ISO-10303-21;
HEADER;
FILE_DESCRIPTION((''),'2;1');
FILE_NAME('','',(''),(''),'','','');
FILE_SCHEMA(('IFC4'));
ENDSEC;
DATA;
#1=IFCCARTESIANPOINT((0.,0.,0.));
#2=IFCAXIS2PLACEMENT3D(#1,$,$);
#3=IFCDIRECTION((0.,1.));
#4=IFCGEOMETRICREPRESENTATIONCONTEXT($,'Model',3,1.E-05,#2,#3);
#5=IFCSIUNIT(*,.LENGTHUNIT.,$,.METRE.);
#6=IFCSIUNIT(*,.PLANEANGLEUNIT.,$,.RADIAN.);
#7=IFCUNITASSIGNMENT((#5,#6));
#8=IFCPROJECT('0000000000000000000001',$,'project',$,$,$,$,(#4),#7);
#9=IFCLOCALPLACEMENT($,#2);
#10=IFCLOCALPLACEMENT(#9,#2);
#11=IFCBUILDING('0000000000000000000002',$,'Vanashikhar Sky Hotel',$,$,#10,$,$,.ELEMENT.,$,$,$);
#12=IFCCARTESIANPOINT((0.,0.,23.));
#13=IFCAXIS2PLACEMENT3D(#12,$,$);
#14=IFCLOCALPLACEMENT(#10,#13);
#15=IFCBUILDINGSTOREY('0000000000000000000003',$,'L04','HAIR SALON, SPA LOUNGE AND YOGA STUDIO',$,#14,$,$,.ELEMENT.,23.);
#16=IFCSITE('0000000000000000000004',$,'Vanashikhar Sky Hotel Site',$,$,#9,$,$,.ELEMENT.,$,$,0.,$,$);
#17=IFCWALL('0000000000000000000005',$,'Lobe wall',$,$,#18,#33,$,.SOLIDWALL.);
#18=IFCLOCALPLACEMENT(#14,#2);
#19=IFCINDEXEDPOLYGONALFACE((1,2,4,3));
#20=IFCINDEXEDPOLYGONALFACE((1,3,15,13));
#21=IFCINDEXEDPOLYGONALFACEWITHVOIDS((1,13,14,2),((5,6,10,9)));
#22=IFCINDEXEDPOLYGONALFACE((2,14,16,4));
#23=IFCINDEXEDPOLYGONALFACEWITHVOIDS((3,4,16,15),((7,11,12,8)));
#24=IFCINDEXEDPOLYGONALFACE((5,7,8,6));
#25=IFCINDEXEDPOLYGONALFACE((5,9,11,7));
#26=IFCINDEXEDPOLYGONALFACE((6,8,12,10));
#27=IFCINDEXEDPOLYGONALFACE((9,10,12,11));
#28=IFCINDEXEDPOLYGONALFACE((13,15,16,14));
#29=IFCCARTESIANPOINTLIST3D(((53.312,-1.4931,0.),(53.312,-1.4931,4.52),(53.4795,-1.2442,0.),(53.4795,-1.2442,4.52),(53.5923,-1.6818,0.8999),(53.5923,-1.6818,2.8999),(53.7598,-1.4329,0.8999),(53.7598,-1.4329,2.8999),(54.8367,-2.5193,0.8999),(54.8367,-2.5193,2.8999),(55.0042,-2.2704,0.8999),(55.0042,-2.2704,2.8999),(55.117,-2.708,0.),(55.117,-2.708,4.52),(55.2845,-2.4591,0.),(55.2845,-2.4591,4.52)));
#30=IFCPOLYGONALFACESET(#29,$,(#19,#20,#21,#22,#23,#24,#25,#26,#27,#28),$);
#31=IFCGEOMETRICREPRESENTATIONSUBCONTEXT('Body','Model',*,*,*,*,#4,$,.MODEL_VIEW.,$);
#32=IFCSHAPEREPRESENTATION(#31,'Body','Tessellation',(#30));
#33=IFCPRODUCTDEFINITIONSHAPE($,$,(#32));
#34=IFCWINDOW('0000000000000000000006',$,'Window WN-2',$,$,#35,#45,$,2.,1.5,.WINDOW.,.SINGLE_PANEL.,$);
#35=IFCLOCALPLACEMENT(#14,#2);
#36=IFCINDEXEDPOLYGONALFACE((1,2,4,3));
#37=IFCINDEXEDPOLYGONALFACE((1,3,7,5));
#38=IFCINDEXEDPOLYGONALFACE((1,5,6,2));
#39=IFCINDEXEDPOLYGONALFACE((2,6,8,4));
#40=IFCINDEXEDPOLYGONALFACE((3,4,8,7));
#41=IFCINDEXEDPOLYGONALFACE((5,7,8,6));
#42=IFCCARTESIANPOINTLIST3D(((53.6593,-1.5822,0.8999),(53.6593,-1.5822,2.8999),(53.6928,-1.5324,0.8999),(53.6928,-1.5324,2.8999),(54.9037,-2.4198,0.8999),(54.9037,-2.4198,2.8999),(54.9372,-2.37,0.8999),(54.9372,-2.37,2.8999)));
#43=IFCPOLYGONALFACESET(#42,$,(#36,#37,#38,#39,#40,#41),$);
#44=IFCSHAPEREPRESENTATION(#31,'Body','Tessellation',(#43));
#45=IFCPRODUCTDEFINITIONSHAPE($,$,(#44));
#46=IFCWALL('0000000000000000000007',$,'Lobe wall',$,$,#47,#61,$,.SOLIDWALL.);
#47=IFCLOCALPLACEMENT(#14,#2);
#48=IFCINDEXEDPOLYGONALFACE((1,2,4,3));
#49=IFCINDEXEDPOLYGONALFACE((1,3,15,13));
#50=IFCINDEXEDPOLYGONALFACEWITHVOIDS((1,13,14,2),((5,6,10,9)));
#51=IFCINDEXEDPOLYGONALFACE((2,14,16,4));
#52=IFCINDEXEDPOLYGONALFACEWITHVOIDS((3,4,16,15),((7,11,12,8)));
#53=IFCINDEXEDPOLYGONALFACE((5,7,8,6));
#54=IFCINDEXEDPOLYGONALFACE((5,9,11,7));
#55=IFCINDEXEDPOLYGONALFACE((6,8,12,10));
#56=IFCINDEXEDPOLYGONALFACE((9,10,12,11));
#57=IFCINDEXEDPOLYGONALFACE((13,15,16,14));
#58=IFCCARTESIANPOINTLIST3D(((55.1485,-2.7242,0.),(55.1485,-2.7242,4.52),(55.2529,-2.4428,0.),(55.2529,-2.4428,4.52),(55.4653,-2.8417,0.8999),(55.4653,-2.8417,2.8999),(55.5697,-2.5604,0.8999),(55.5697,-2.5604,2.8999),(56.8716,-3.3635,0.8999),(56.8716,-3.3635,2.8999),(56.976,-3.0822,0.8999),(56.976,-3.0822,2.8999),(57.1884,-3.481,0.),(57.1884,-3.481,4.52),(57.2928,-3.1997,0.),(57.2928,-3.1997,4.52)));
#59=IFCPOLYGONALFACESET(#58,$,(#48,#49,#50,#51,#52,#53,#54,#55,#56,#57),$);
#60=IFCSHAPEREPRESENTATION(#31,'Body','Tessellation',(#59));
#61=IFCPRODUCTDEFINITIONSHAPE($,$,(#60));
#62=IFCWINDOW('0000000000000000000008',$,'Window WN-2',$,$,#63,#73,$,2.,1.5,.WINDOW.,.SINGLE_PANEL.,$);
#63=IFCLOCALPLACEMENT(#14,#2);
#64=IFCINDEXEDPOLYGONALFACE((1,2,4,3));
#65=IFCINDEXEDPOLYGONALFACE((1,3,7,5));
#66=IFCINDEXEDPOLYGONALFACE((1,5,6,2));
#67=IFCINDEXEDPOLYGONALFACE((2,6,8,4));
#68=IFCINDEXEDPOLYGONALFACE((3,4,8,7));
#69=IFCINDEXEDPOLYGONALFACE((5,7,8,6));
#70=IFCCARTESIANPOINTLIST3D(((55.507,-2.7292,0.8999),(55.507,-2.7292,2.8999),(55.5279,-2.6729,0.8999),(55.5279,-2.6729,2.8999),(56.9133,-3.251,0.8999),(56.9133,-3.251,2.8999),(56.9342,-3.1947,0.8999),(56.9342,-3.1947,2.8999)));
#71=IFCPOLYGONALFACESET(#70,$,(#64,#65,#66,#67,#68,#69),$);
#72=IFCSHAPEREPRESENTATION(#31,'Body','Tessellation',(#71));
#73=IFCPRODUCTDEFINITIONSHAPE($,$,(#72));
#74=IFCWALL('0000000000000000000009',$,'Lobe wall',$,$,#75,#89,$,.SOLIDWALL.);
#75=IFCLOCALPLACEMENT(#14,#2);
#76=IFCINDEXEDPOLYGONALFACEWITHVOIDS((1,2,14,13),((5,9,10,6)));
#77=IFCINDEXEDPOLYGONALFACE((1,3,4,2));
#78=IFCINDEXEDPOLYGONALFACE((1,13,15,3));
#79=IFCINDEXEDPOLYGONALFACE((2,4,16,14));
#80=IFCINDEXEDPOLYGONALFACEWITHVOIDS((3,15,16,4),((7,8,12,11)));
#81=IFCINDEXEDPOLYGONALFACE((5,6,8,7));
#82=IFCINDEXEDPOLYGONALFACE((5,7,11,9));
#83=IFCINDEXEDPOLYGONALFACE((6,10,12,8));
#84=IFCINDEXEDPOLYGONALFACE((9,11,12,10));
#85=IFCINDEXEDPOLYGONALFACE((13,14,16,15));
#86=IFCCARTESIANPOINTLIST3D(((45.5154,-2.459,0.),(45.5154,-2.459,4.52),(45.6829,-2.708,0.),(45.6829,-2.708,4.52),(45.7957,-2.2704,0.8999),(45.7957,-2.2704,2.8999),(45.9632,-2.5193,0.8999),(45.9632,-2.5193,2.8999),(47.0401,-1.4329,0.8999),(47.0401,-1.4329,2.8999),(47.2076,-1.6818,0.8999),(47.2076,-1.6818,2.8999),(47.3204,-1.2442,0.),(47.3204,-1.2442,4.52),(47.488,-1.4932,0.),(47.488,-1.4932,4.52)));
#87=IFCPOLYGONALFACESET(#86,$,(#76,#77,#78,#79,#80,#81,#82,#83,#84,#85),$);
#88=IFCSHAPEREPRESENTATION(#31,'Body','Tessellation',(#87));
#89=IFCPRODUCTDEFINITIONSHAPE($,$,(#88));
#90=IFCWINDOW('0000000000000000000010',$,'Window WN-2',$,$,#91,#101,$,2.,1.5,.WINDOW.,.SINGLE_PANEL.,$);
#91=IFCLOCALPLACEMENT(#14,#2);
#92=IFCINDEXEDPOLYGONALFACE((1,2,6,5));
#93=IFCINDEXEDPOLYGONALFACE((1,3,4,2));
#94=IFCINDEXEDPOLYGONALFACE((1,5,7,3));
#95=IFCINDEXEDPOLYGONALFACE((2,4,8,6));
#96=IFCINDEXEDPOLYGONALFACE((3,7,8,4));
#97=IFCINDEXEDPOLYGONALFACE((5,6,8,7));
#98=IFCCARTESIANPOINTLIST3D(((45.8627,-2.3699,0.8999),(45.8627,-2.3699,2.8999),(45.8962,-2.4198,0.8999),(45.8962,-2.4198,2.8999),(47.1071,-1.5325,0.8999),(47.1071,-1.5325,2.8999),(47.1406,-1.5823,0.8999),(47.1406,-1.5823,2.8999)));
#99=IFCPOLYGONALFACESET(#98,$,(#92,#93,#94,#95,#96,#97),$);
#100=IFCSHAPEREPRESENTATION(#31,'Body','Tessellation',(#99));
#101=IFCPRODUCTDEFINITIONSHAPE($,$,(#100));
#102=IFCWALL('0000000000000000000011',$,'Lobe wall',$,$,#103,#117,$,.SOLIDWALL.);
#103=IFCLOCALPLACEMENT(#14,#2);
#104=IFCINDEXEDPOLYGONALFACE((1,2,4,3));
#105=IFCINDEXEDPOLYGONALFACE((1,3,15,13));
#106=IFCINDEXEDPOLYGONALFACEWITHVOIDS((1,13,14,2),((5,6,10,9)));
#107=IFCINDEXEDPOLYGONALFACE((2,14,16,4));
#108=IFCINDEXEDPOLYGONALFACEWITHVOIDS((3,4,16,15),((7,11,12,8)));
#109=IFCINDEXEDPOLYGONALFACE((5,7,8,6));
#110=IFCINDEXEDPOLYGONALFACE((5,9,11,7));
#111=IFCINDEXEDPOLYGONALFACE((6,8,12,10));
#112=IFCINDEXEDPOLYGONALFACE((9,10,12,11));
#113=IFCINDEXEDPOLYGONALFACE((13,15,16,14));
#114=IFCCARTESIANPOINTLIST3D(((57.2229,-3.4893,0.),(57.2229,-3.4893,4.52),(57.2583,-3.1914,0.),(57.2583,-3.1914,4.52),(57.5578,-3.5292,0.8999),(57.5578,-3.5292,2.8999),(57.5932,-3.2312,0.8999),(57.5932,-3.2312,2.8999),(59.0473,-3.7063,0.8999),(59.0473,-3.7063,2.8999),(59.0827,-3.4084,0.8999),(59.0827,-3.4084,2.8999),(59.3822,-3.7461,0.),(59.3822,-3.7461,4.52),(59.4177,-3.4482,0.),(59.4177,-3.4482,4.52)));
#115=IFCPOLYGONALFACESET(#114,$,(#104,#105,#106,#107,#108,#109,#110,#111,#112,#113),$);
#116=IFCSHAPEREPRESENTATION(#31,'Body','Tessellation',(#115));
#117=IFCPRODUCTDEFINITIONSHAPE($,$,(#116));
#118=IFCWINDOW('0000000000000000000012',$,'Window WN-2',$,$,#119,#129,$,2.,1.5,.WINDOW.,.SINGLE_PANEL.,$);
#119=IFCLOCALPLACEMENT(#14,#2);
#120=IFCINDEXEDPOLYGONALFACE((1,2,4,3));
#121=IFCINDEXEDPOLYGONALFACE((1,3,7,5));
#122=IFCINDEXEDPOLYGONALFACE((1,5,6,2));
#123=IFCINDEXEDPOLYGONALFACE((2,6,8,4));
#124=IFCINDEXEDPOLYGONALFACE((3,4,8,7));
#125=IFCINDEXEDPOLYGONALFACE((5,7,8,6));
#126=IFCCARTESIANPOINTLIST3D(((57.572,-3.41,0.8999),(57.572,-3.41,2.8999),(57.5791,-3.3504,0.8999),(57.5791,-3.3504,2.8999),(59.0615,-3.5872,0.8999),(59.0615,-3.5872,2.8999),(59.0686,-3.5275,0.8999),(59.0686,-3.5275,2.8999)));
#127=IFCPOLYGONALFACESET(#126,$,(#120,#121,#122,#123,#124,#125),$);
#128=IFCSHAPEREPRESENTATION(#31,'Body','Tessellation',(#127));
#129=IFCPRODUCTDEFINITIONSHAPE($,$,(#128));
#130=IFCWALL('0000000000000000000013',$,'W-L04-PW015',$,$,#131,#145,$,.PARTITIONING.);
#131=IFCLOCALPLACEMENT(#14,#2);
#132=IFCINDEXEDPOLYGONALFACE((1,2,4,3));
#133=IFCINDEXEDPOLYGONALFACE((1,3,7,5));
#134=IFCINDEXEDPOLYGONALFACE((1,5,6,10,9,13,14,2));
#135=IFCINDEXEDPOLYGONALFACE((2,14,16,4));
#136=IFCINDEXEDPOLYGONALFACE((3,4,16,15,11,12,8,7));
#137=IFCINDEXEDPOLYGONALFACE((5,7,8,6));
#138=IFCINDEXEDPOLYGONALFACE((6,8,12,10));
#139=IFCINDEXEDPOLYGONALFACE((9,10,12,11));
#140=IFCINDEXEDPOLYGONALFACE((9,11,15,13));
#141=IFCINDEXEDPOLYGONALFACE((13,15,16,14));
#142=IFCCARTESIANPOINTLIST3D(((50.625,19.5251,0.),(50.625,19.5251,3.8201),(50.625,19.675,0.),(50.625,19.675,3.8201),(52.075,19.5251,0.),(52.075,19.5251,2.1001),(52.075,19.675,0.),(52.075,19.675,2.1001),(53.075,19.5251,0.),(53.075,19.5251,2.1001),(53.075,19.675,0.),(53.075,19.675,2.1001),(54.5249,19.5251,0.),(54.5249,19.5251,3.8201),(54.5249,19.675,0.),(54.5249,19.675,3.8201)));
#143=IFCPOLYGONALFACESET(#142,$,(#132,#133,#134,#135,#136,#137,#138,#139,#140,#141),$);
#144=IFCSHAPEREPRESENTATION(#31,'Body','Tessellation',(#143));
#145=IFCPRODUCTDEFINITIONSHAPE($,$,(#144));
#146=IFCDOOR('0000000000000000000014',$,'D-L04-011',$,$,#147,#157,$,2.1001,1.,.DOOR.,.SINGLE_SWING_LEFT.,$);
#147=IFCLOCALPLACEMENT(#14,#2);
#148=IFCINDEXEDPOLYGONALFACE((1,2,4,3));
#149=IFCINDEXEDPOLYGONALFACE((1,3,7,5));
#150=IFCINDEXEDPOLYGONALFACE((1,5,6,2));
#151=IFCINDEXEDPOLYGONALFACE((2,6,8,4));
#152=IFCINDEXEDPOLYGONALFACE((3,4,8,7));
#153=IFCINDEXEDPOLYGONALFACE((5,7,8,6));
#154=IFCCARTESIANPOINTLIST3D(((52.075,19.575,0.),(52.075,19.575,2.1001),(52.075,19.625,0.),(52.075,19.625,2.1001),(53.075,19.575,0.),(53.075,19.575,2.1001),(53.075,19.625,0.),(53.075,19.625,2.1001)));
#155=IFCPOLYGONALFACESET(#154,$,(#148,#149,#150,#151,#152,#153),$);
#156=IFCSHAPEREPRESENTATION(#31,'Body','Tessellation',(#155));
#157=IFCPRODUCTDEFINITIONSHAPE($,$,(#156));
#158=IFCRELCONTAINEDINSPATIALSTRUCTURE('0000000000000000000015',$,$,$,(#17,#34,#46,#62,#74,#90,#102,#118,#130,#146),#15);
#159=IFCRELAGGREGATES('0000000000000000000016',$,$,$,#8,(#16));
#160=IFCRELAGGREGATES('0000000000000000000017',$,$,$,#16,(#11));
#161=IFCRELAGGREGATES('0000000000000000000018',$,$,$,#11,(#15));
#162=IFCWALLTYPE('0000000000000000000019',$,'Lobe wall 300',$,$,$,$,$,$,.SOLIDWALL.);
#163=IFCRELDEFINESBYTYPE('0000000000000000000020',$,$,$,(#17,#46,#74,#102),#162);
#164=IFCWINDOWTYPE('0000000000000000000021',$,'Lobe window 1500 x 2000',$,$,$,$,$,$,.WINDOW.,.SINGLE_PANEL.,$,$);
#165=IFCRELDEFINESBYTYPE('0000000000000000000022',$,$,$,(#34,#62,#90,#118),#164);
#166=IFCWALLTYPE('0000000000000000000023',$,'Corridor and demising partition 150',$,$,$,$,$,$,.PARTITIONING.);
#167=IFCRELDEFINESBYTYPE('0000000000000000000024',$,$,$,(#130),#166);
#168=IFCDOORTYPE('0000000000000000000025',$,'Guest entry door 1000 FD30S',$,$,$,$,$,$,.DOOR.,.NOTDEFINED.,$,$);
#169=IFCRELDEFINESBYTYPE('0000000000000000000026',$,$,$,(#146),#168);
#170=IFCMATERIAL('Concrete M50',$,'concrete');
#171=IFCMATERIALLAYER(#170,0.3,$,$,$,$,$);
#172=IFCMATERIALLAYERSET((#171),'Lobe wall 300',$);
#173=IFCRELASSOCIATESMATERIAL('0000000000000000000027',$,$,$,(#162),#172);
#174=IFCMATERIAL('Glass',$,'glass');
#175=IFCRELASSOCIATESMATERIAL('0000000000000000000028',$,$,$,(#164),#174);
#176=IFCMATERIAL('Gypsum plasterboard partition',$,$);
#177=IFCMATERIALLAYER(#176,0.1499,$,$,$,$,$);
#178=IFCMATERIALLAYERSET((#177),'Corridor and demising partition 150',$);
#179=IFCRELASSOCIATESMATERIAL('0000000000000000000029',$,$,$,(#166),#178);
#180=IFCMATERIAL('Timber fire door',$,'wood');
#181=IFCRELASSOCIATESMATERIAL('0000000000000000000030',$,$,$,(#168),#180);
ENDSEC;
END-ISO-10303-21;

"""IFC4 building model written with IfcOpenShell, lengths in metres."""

from ifc_helpers import new_model, si_unit, direction, frame, frame_2d, origin, place, context, subcontext, project, spatial, rectangle, extrude, source, transform, mapped, material, layer, layer_set, type_object, element, fill, save


model = new_model("IFC4")

# Units and contexts
model_context = context("Model", 3, precision=1e-05, world=origin(), true_north=direction((0.0, 1.0)))
body_context = subcontext(model_context, "Body", "Model", "MODEL_VIEW")
ifc_project = project(units=[si_unit("LENGTHUNIT", "METRE"), si_unit("PLANEANGLEUNIT", "RADIAN")], contexts=[model_context])

# Site, building, storey
site_placement = place(None, origin())
site = spatial("IfcSite", under=ifc_project, at=site_placement, Name="Vanashikhar Sky Hotel Site", CompositionType="ELEMENT", RefElevation=0.0)
building_placement = place(site_placement, origin())
building = spatial("IfcBuilding", under=site, at=building_placement, Name="Vanashikhar Sky Hotel", CompositionType="ELEMENT")
storey_placement = place(building_placement, frame((0.0, 0.0, 23.0)))
storey = spatial("IfcBuildingStorey", under=building, at=storey_placement, Name="L04", Description="HAIR SALON, SPA LOUNGE AND YOGA STUDIO", CompositionType="ELEMENT", Elevation=23.0)

# Shared definitions
ifc_material_1 = material(Name="Concrete M50", Category="concrete")

# Shared definitions
ifc_layer_1 = layer(ifc_material_1, 0.3)
ifc_layer_set_1 = layer_set([ifc_layer_1], Name="Lobe wall 300")
wall_type_1 = type_object("IfcWallType", Name="Lobe wall 300", PredefinedType="SOLIDWALL", material=ifc_layer_set_1)

# Walls, openings, windows
shared_shape_1 = source(origin(), body_context, "Body", "SweptSolid", [
    extrude(rectangle(XDim=1.5, YDim=2.0, at=frame_2d((0.75, 1.0))), frame((0.0, 0.1602, 0.0), z_axis=(0.0, -1.0, 0.0), x_axis=(1.0, 0.0, 0.0)), (0.0, 0.0, 1.0), 0.3201),
])
ifc_material_2 = material(Name="Glass", Category="glass")
window_type = type_object("IfcWindowType", Name="Lobe window 1500 x 2000", PartitioningType="SINGLE_PANEL", PredefinedType="WINDOW", material=ifc_material_2)
shared_shape_2 = source(origin(), body_context, "Body", "SweptSolid", [
    extrude(rectangle(XDim=1.5, YDim=2.0, at=frame_2d((0.75, 1.0))), frame((0.0, 0.03, 0.0), z_axis=(0.0, -1.0, 0.0), x_axis=(1.0, 0.0, 0.0)), (0.0, 0.0, 1.0), 0.0601),
])
shared_shape_3 = source(origin(), body_context, "Body", "SweptSolid", [
    extrude(rectangle(XDim=2.1758, YDim=0.3, at=frame_2d((1.0879, 0.0))), origin(), (0.0, 0.0, 1.0), 4.52),
])
wall_1_placement = place(storey_placement, frame((53.3958, -1.3687, 0.0), z_axis=(0.0, 0.0, 1.0), x_axis=(0.829591, -0.558372, 0.0)))
wall_1 = element("IfcWall", 1, at=wall_1_placement, inside=storey, type_object=wall_type_1, Name="Lobe wall", PredefinedType="SOLIDWALL", context=body_context, shape_type="MappedRepresentation", body=[
    mapped(shared_shape_3, transform((0.0, 0.0, 0.0), scale=1.0)),
])
opening_1_placement = place(wall_1_placement, frame((0.3379, 0.0, 0.8999)))
opening_1 = element("IfcOpeningElement", 2, at=opening_1_placement, cuts=wall_1, PredefinedType="OPENING", context=body_context, shape_type="MappedRepresentation", body=[
    mapped(shared_shape_1, transform((0.0, 0.0, 0.0), scale=1.0)),
])
window_1_placement = place(opening_1_placement, origin())
window_1 = element("IfcWindow", 3, at=window_1_placement, inside=storey, type_object=window_type, Name="Window WN-2", OverallHeight=2.0, OverallWidth=1.5, PartitioningType="SINGLE_PANEL", PredefinedType="WINDOW", context=body_context, shape_type="MappedRepresentation", body=[
    mapped(shared_shape_2, transform((0.0, 0.0, 0.0), scale=1.0)),
])
fill(opening_1, window_1)
wall_2_placement = place(storey_placement, frame((55.2007, -2.5835, 0.0), z_axis=(0.0, 0.0, 1.0), x_axis=(0.937546, -0.347863, 0.0)))
wall_2 = element("IfcWall", 4, at=wall_2_placement, inside=storey, type_object=wall_type_1, Name="Lobe wall", PredefinedType="SOLIDWALL", context=body_context, shape_type="MappedRepresentation", body=[
    mapped(shared_shape_3, transform((0.0, 0.0, 0.0), scale=1.0)),
])
opening_2_placement = place(wall_2_placement, frame((0.3379, 0.0, 0.8999)))
opening_2 = element("IfcOpeningElement", 5, at=opening_2_placement, cuts=wall_2, PredefinedType="OPENING", context=body_context, shape_type="MappedRepresentation", body=[
    mapped(shared_shape_1, transform((0.0, 0.0, 0.0), scale=1.0)),
])
window_2_placement = place(opening_2_placement, origin())
window_2 = element("IfcWindow", 6, at=window_2_placement, inside=storey, type_object=window_type, Name="Window WN-2", OverallHeight=2.0, OverallWidth=1.5, PartitioningType="SINGLE_PANEL", PredefinedType="WINDOW", context=body_context, shape_type="MappedRepresentation", body=[
    mapped(shared_shape_2, transform((0.0, 0.0, 0.0), scale=1.0)),
])
fill(opening_2, window_2)
wall_3_placement = place(storey_placement, frame((45.5991, -2.5835, 0.0), z_axis=(0.0, 0.0, 1.0), x_axis=(0.829626, 0.55832, 0.0)))
wall_3 = element("IfcWall", 7, at=wall_3_placement, inside=storey, type_object=wall_type_1, Name="Lobe wall", PredefinedType="SOLIDWALL", context=body_context, shape_type="MappedRepresentation", body=[
    mapped(shared_shape_3, transform((0.0, 0.0, 0.0), scale=1.0)),
])
opening_3_placement = place(wall_3_placement, frame((0.3379, 0.0, 0.8999)))
opening_3 = element("IfcOpeningElement", 8, at=opening_3_placement, cuts=wall_3, PredefinedType="OPENING", context=body_context, shape_type="MappedRepresentation", body=[
    mapped(shared_shape_1, transform((0.0, 0.0, 0.0), scale=1.0)),
])
window_3_placement = place(opening_3_placement, origin())
window_3 = element("IfcWindow", 9, at=window_3_placement, inside=storey, type_object=window_type, Name="Window WN-2", OverallHeight=2.0, OverallWidth=1.5, PartitioningType="SINGLE_PANEL", PredefinedType="WINDOW", context=body_context, shape_type="MappedRepresentation", body=[
    mapped(shared_shape_2, transform((0.0, 0.0, 0.0), scale=1.0)),
])
fill(opening_3, window_3)
shared_shape_4 = source(origin(), body_context, "Body", "SweptSolid", [
    extrude(rectangle(XDim=2.1746, YDim=0.3, at=frame_2d((1.0874, 0.0))), origin(), (0.0, 0.0, 1.0), 4.52),
])
wall_4_placement = place(storey_placement, frame((57.2405, -3.3403, 0.0), z_axis=(0.0, 0.0, 1.0), x_axis=(0.993001, -0.118105, 0.0)))
wall_4 = element("IfcWall", 10, at=wall_4_placement, inside=storey, type_object=wall_type_1, Name="Lobe wall", PredefinedType="SOLIDWALL", context=body_context, shape_type="MappedRepresentation", body=[
    mapped(shared_shape_4, transform((0.0, 0.0, 0.0), scale=1.0)),
])
opening_4_placement = place(wall_4_placement, frame((0.3374, 0.0, 0.8999)))
opening_4 = element("IfcOpeningElement", 11, at=opening_4_placement, cuts=wall_4, PredefinedType="OPENING", context=body_context, shape_type="MappedRepresentation", body=[
    mapped(shared_shape_1, transform((0.0, 0.0, 0.0), scale=1.0)),
])
window_4_placement = place(opening_4_placement, origin())
window_4 = element("IfcWindow", 12, at=window_4_placement, inside=storey, type_object=window_type, Name="Window WN-2", OverallHeight=2.0, OverallWidth=1.5, PartitioningType="SINGLE_PANEL", PredefinedType="WINDOW", context=body_context, shape_type="MappedRepresentation", body=[
    mapped(shared_shape_2, transform((0.0, 0.0, 0.0), scale=1.0)),
])
fill(opening_4, window_4)

# Wall, opening, door
ifc_material_3 = material(Name="Gypsum plasterboard partition")
ifc_layer_2 = layer(ifc_material_3, 0.1499)
ifc_layer_set_2 = layer_set([ifc_layer_2], Name="Corridor and demising partition 150")
wall_type_2 = type_object("IfcWallType", Name="Corridor and demising partition 150", PredefinedType="PARTITIONING", material=ifc_layer_set_2)
shared_shape_5 = source(origin(), body_context, "Body", "SweptSolid", [
    extrude(rectangle(XDim=3.8999, YDim=0.1499, at=frame_2d((1.95, 0.0))), origin(), (0.0, 0.0, 1.0), 3.8201),
])
wall_5_placement = place(storey_placement, frame((50.625, 19.6001, 0.0), z_axis=(0.0, 0.0, 1.0), x_axis=(1.0, 0.0, 0.0)))
wall_5 = element("IfcWall", 13, at=wall_5_placement, inside=storey, type_object=wall_type_2, Name="W-L04-PW015", PredefinedType="PARTITIONING", context=body_context, shape_type="MappedRepresentation", body=[
    mapped(shared_shape_5, transform((0.0, 0.0, 0.0), scale=1.0)),
])
shared_shape_6 = source(origin(), body_context, "Body", "SweptSolid", [
    extrude(rectangle(XDim=1.0, YDim=2.1001, at=frame_2d((0.5, 1.05))), frame((0.0, 0.085, 0.0), z_axis=(0.0, -1.0, 0.0), x_axis=(1.0, 0.0, 0.0)), (0.0, 0.0, 1.0), 0.1699),
])
opening_5_placement = place(wall_5_placement, frame((1.45, 0.0, 0.0)))
opening_5 = element("IfcOpeningElement", 14, at=opening_5_placement, cuts=wall_5, PredefinedType="OPENING", context=body_context, shape_type="MappedRepresentation", body=[
    mapped(shared_shape_6, transform((0.0, 0.0, 0.0), scale=1.0)),
])
ifc_material_4 = material(Name="Timber fire door", Category="wood")
door_type = type_object("IfcDoorType", Name="Guest entry door 1000 FD30S", OperationType="NOTDEFINED", PredefinedType="DOOR", material=ifc_material_4)
shared_shape_7 = source(origin(), body_context, "Body", "SweptSolid", [
    extrude(rectangle(XDim=1.0, YDim=2.1001, at=frame_2d((0.5, 1.05))), frame((0.0, 0.0249, 0.0), z_axis=(0.0, -1.0, 0.0), x_axis=(1.0, 0.0, 0.0)), (0.0, 0.0, 1.0), 0.05),
])
door_1_placement = place(opening_5_placement, origin())
door_1 = element("IfcDoor", 15, at=door_1_placement, inside=storey, type_object=door_type, Name="D-L04-011", OperationType="SINGLE_SWING_LEFT", OverallHeight=2.1001, OverallWidth=1.0, PredefinedType="DOOR", context=body_context, shape_type="MappedRepresentation", body=[
    mapped(shared_shape_7, transform((0.0, 0.0, 0.0), scale=1.0)),
])
fill(opening_5, door_1)

save(model, "model.ifc")
